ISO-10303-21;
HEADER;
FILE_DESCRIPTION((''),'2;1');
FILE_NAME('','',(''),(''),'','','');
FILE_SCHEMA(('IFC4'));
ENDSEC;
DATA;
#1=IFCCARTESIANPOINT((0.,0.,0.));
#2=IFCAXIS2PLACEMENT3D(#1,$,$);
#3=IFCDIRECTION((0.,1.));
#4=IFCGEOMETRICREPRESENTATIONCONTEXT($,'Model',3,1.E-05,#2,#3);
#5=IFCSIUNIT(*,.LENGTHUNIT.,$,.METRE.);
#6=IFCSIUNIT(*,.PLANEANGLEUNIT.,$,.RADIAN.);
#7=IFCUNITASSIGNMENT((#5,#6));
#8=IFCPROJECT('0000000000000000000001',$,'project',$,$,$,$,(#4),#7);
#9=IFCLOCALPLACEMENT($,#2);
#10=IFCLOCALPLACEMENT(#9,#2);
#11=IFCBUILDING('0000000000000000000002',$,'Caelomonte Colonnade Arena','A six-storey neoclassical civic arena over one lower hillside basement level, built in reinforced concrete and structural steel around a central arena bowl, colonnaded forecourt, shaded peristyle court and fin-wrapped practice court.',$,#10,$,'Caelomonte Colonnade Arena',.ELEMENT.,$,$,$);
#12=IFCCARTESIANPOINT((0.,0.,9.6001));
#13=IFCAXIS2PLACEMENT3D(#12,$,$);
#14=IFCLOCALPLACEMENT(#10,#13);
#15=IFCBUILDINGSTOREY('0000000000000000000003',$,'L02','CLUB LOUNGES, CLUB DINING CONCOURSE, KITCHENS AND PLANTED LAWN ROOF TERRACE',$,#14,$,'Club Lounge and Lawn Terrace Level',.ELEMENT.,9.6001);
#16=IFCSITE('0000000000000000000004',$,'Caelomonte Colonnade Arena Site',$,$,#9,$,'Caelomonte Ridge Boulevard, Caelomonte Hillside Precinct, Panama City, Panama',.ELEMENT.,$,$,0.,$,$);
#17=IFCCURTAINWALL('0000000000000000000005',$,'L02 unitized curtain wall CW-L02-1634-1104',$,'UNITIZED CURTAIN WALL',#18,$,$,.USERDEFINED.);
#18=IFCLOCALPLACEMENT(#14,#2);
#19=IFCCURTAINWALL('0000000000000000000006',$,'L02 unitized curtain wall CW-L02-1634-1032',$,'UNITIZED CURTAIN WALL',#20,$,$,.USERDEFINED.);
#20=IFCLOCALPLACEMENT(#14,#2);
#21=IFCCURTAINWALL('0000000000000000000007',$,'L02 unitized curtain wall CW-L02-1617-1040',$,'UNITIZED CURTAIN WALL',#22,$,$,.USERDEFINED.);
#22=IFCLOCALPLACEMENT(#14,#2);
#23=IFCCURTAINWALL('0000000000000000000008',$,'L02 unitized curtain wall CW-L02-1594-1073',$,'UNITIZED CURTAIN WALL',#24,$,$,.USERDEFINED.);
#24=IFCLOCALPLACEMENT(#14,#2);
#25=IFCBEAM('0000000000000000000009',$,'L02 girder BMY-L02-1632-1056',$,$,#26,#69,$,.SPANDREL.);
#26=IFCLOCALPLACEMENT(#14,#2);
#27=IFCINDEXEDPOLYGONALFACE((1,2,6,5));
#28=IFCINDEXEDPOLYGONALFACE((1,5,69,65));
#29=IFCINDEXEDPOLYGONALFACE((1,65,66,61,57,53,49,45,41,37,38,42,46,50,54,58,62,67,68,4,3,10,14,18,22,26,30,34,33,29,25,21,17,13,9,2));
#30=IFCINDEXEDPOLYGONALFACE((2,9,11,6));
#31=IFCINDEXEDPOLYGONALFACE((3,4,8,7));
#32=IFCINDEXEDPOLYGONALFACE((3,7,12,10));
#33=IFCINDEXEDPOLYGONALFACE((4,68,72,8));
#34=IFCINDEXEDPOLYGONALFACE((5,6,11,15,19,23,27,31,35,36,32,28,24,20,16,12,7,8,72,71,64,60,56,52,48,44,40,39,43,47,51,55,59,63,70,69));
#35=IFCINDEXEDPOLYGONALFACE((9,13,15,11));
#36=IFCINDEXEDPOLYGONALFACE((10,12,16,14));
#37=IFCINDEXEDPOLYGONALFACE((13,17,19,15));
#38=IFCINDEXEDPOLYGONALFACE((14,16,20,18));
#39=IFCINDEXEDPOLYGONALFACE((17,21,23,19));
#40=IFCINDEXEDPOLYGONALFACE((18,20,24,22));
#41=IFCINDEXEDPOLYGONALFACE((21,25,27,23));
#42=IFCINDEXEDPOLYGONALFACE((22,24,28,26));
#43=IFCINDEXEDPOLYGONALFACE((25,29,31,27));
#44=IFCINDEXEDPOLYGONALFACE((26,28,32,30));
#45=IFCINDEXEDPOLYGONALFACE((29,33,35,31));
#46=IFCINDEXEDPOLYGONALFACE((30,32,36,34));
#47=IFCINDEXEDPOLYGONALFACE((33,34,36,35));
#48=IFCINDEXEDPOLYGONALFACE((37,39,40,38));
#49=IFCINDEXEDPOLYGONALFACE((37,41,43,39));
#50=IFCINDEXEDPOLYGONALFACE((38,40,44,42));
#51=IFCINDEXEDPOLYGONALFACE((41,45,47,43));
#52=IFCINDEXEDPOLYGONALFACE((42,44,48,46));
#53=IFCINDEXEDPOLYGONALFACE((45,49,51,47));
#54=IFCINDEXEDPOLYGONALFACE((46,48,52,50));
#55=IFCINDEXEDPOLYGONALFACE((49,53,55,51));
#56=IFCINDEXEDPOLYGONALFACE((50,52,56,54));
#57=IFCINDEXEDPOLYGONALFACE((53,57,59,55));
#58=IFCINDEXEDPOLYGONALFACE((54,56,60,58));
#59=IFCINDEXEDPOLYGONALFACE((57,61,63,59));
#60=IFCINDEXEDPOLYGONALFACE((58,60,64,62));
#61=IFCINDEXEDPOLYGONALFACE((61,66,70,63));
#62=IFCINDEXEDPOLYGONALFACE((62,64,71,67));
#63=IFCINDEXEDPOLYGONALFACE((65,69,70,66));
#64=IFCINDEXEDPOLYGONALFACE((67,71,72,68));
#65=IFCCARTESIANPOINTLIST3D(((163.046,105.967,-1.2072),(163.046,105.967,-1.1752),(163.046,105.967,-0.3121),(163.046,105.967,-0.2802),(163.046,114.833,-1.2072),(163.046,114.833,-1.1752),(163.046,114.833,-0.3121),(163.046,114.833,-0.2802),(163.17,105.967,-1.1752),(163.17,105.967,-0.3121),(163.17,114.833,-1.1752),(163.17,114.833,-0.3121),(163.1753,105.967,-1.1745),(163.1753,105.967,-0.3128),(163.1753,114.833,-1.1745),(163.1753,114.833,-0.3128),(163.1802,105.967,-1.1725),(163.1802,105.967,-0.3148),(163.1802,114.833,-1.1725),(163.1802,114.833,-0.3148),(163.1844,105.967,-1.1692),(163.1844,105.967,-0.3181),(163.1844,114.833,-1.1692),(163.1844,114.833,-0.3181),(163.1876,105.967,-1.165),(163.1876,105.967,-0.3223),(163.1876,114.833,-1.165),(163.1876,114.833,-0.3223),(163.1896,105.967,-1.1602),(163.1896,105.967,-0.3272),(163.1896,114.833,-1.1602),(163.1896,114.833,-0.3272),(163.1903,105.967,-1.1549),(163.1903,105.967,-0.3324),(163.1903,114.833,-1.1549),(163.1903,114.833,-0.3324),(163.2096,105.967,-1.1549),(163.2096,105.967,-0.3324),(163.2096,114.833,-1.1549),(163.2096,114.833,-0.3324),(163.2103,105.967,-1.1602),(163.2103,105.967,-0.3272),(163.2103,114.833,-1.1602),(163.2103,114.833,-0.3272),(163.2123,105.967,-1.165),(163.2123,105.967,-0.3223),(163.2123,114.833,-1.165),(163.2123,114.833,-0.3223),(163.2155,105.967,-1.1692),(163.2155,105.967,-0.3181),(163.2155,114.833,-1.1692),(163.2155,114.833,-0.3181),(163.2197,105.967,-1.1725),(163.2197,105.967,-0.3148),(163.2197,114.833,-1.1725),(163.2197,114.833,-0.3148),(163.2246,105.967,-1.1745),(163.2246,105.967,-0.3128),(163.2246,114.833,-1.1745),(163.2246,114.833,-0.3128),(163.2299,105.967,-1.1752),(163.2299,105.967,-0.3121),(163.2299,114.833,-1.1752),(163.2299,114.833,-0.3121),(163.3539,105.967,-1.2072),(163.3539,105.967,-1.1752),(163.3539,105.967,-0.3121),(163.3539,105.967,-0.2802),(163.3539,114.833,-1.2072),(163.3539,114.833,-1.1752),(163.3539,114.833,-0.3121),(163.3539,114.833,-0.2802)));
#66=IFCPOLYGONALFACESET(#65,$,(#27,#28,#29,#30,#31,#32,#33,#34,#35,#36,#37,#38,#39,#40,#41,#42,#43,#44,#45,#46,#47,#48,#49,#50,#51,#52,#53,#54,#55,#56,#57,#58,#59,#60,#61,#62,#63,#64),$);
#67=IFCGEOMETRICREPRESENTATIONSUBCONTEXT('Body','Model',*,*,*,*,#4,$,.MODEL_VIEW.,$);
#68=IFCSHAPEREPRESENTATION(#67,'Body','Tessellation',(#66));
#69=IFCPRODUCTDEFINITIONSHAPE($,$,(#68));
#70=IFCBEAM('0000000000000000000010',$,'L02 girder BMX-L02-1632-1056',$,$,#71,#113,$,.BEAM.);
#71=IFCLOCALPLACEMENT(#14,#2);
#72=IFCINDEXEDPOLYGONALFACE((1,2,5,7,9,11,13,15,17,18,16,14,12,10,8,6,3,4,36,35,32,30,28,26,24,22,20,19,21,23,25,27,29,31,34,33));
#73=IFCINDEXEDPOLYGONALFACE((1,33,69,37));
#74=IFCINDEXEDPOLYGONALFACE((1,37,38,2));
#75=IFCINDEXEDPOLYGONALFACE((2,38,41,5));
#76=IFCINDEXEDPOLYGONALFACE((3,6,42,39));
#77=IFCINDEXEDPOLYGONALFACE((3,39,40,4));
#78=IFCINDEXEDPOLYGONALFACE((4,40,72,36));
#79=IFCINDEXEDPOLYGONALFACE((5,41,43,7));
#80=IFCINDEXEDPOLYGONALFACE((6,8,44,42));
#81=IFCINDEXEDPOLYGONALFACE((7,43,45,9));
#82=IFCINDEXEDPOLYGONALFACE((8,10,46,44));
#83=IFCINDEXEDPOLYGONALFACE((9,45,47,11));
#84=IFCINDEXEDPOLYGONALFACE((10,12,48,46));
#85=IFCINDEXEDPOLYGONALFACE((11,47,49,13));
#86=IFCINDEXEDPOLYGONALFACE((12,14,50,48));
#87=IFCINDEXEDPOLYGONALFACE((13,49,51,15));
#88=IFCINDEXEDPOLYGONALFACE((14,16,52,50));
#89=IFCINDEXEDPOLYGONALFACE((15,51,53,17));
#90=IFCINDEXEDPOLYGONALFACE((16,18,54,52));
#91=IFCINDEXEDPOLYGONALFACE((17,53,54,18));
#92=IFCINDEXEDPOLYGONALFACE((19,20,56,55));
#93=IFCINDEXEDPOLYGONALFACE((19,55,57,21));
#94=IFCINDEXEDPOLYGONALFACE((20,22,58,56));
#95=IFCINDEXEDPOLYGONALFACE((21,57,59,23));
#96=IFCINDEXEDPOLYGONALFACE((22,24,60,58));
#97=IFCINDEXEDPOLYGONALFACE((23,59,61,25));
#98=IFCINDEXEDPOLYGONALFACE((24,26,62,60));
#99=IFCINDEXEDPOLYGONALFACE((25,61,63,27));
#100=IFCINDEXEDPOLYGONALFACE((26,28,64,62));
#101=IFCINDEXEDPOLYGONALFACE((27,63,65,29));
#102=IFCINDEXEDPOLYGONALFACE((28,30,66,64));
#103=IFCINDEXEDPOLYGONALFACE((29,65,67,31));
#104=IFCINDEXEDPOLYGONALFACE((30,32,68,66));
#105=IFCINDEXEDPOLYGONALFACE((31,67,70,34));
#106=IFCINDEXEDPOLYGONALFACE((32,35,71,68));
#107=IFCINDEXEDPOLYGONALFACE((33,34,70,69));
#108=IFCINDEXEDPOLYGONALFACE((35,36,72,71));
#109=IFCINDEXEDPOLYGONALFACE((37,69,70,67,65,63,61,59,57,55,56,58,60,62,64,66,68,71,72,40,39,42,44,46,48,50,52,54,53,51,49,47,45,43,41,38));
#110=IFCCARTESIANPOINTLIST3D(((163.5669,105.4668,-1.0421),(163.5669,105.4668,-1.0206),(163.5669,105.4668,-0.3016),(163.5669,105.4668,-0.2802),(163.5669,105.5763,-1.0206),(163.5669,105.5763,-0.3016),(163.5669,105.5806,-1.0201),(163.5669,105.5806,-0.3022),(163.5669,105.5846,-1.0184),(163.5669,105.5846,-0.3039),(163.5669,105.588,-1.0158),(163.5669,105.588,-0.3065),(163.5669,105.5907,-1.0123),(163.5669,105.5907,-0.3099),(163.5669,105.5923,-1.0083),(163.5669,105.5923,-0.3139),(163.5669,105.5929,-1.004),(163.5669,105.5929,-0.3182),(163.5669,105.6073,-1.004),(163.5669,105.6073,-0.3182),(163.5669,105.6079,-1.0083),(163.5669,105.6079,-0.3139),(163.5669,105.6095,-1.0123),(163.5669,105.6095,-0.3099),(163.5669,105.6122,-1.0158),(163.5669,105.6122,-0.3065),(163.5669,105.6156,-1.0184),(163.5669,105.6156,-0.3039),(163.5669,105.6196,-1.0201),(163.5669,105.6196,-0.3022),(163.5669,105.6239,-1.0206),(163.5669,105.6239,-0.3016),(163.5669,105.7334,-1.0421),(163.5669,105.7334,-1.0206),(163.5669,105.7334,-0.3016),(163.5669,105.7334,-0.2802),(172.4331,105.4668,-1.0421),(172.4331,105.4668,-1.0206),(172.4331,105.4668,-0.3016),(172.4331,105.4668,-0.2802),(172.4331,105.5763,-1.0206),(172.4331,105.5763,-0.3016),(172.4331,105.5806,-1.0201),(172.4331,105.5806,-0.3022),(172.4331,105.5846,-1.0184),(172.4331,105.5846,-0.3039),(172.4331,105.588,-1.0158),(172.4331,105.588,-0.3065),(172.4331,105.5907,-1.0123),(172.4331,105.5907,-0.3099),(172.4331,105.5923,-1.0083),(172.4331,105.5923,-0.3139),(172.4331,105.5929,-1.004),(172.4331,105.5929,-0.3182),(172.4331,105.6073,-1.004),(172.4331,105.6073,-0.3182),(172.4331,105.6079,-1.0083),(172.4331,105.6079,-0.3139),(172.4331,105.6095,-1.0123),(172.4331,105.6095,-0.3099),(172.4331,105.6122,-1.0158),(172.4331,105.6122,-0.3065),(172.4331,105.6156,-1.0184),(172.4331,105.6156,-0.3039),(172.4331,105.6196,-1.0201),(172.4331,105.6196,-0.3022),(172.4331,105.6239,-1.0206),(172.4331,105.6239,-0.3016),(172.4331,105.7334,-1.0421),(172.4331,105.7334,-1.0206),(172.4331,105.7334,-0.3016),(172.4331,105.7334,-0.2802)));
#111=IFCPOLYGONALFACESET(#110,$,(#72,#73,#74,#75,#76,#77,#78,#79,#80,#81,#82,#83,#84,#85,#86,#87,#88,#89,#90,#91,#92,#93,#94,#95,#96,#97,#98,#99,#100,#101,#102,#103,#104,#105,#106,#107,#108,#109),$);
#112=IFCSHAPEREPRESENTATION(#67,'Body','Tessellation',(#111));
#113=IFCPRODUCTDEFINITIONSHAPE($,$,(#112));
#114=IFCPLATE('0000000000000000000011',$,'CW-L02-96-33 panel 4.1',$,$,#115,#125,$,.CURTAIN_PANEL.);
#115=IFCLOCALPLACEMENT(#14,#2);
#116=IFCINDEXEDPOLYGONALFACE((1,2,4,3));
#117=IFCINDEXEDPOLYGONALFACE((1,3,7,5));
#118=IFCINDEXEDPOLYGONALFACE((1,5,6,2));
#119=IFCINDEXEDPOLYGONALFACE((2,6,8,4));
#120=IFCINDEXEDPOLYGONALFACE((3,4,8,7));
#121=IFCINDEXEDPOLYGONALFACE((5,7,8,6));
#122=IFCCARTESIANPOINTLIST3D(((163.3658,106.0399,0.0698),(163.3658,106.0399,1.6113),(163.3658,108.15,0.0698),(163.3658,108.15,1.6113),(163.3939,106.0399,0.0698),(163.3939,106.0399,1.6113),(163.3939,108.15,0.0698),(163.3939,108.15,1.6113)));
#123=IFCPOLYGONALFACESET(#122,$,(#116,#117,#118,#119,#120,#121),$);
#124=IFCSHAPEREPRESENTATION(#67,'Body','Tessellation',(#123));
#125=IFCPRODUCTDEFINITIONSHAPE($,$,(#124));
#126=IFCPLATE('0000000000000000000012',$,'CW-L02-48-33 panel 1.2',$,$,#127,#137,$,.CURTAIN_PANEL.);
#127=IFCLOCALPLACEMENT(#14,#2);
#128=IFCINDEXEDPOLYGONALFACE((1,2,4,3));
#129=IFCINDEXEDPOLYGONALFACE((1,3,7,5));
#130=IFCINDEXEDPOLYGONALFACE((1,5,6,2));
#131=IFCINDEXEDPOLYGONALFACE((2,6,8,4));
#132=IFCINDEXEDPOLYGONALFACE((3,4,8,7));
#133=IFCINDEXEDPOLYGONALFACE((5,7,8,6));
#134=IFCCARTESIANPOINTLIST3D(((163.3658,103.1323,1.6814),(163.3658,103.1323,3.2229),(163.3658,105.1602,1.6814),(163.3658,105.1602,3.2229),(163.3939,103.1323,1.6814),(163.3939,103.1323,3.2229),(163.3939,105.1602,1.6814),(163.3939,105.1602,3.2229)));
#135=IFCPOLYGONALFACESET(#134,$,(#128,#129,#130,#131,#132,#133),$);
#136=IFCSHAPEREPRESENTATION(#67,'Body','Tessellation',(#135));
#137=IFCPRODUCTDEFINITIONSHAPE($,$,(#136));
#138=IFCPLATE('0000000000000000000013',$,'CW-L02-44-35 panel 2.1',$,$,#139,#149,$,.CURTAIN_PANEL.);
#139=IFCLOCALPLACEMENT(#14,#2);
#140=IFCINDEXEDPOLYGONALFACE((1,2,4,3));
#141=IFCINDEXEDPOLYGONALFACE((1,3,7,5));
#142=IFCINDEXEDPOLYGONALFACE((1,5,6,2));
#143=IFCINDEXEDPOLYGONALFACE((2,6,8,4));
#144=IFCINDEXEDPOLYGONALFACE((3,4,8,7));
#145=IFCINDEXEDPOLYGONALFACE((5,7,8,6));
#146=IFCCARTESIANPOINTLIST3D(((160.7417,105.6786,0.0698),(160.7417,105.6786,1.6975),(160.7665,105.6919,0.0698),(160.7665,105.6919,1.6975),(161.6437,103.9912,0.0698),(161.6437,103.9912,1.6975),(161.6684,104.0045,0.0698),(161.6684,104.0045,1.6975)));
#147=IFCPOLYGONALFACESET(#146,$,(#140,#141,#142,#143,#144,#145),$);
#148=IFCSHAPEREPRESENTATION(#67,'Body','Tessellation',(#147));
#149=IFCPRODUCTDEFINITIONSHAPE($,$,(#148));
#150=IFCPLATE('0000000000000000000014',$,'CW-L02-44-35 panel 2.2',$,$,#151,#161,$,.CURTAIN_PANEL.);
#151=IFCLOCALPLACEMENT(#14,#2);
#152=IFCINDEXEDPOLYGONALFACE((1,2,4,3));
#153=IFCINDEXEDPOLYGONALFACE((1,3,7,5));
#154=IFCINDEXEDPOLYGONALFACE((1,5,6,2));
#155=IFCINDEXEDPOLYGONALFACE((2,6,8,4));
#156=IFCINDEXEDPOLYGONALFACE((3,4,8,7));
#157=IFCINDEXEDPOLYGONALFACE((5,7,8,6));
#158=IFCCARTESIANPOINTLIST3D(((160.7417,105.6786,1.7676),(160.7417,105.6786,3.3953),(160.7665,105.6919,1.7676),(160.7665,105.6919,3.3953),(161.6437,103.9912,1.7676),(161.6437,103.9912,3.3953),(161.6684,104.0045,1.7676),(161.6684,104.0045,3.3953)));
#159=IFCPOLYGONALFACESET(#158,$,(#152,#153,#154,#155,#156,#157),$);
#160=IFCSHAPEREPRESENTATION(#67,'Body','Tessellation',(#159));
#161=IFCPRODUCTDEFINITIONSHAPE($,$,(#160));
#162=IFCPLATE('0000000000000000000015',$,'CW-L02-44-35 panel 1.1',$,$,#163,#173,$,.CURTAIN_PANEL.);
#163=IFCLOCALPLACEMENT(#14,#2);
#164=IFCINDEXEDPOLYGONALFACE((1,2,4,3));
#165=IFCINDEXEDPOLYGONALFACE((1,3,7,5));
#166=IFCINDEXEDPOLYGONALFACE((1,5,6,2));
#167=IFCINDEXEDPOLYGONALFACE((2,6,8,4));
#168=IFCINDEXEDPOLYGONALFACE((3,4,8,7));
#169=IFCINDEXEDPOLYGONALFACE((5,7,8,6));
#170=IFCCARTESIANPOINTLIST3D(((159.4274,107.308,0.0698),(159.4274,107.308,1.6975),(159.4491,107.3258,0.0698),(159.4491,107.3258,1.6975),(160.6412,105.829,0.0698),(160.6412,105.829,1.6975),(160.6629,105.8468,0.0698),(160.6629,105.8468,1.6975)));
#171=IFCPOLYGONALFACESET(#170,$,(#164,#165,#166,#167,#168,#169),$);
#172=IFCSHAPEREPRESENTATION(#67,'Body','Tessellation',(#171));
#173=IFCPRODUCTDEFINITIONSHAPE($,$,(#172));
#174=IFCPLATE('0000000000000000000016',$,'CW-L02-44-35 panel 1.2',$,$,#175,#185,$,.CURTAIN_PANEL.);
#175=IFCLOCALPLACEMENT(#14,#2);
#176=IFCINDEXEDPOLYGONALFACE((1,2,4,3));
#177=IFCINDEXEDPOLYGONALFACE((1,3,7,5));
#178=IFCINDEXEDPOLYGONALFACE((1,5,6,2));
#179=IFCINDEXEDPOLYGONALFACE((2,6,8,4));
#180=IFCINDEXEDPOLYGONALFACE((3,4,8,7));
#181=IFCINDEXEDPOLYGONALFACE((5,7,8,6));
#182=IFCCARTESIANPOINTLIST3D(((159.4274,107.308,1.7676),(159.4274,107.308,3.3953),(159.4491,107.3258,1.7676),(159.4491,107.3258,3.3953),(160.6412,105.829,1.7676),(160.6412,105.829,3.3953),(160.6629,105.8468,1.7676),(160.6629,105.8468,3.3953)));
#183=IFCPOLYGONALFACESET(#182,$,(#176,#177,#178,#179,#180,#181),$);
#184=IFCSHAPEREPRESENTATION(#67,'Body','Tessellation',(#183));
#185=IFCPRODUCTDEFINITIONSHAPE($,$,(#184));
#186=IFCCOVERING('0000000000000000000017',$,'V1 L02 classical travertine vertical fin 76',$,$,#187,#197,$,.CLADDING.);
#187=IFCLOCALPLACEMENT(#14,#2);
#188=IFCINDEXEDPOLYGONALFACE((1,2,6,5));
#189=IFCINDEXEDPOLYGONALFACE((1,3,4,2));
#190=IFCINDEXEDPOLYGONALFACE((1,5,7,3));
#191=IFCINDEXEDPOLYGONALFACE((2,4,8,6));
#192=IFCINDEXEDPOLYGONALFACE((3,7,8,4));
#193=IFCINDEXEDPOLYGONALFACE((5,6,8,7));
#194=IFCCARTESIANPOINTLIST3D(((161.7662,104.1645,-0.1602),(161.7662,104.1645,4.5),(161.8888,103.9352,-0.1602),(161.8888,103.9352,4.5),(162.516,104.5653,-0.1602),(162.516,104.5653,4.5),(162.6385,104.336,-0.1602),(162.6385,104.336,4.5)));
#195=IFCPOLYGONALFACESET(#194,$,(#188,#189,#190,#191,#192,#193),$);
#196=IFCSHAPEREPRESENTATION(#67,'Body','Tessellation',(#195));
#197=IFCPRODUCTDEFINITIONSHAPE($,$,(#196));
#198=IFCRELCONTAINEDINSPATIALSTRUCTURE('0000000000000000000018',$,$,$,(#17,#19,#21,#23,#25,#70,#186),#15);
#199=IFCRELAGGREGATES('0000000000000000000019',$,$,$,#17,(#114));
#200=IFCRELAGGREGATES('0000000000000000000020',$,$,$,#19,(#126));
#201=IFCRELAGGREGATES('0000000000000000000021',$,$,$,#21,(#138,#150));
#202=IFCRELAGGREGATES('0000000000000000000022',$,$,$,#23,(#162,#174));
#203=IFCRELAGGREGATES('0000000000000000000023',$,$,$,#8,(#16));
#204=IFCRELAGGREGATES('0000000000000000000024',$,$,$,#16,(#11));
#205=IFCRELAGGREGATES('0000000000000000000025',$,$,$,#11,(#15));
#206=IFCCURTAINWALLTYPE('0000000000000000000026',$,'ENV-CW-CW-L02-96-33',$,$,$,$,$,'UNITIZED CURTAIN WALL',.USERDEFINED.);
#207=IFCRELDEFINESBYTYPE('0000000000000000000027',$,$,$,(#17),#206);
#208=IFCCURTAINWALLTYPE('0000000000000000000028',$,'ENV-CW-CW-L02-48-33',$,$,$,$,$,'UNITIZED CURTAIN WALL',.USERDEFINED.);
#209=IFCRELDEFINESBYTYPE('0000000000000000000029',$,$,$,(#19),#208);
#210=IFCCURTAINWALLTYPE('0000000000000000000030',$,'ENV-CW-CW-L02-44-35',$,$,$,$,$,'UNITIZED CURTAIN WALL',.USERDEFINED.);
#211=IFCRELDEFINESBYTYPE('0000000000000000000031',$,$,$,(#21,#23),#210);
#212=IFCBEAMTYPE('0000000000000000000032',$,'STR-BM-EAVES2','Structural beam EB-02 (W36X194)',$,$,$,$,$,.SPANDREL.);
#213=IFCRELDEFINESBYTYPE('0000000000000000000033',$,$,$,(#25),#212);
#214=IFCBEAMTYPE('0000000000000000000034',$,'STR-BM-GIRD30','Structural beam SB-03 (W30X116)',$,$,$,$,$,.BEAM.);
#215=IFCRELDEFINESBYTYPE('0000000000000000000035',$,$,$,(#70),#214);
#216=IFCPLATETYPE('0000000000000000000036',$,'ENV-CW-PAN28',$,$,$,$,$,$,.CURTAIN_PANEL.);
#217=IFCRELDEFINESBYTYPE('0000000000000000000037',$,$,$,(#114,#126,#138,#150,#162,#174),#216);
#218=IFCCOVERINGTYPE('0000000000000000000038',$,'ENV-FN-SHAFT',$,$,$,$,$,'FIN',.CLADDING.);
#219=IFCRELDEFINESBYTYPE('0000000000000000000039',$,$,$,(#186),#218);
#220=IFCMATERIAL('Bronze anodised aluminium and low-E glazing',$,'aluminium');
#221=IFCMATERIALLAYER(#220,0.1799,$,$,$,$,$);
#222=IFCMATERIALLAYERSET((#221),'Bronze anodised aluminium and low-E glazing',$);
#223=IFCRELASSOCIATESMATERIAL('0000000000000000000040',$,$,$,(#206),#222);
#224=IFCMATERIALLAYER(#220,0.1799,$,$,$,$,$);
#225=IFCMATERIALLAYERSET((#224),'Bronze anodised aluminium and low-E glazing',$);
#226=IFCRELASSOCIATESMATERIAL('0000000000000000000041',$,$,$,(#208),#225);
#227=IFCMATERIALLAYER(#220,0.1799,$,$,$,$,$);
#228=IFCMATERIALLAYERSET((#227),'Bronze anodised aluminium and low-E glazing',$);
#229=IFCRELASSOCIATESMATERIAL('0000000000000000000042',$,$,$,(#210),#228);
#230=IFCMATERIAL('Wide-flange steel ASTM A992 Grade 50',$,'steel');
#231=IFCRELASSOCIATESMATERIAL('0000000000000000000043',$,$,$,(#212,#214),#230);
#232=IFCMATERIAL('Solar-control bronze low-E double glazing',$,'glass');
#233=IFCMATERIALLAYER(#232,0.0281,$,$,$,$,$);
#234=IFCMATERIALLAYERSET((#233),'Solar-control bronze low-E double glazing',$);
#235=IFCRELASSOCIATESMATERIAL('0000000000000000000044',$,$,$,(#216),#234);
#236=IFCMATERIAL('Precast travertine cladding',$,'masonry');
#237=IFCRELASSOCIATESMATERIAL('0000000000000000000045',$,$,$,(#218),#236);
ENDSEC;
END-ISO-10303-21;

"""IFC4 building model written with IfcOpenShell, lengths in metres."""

from ifc_helpers import new_model, si_unit, direction, frame, origin, origin_2d, place, context, subcontext, project, spatial, rectangle, i_section, extrude, material, layer, layer_set, material_profile, profile_set, type_object, element, aggregate, save


model = new_model("IFC4")

# Units and contexts
model_context = context("Model", 3, precision=1e-05, world=origin(), true_north=direction((0.0, 1.0)))
body_context = subcontext(model_context, "Body", "Model", "MODEL_VIEW")
ifc_project = project(units=[si_unit("LENGTHUNIT", "METRE"), si_unit("PLANEANGLEUNIT", "RADIAN")], contexts=[model_context])

# Site, building, storey
site_placement = place(None, origin())
site = spatial("IfcSite", under=ifc_project, at=site_placement, Name="Caelomonte Colonnade Arena Site", LongName="Caelomonte Ridge Boulevard, Caelomonte Hillside Precinct, Panama City, Panama", CompositionType="ELEMENT", RefElevation=0.0)
building_placement = place(site_placement, origin())
building = spatial("IfcBuilding", under=site, at=building_placement, Name="Caelomonte Colonnade Arena", Description="A six-storey neoclassical civic arena over one lower hillside basement level, built in reinforced concrete and structural steel around a central arena bowl, colonnaded forecourt, shaded peristyle court and fin-wrapped practice court.", LongName="Caelomonte Colonnade Arena", CompositionType="ELEMENT")
storey_placement = place(building_placement, frame((0.0, 0.0, 9.6001)))
storey = spatial("IfcBuildingStorey", under=building, at=storey_placement, Name="L02", Description="CLUB LOUNGES, CLUB DINING CONCOURSE, KITCHENS AND PLANTED LAWN ROOF TERRACE", LongName="Club Lounge and Lawn Terrace Level", CompositionType="ELEMENT", Elevation=9.6001)

# Curtain walls
ifc_material_1 = material(Name="Bronze anodised aluminium and low-E glazing", Category="aluminium")
ifc_layer_1 = layer(ifc_material_1, 0.1799)
ifc_layer_set_1 = layer_set([ifc_layer_1], Name="Bronze anodised aluminium and low-E glazing")
curtain_wall_type_1 = type_object("IfcCurtainWallType", Name="ENV-CW-CW-L02-96-33", ElementType="UNITIZED CURTAIN WALL", PredefinedType="USERDEFINED", material=ifc_layer_set_1)
curtain_wall_1_placement = place(storey_placement, origin())
curtain_wall_1 = element("IfcCurtainWall", 1, at=curtain_wall_1_placement, inside=storey, type_object=curtain_wall_type_1, Name="L02 unitized curtain wall CW-L02-1634-1104", ObjectType="UNITIZED CURTAIN WALL", PredefinedType="USERDEFINED")
ifc_layer_2 = layer(ifc_material_1, 0.1799)
ifc_layer_set_2 = layer_set([ifc_layer_2], Name="Bronze anodised aluminium and low-E glazing")
curtain_wall_type_2 = type_object("IfcCurtainWallType", Name="ENV-CW-CW-L02-48-33", ElementType="UNITIZED CURTAIN WALL", PredefinedType="USERDEFINED", material=ifc_layer_set_2)
curtain_wall_2_placement = place(storey_placement, origin())
curtain_wall_2 = element("IfcCurtainWall", 2, at=curtain_wall_2_placement, inside=storey, type_object=curtain_wall_type_2, Name="L02 unitized curtain wall CW-L02-1634-1032", ObjectType="UNITIZED CURTAIN WALL", PredefinedType="USERDEFINED")
ifc_layer_3 = layer(ifc_material_1, 0.1799)
ifc_layer_set_3 = layer_set([ifc_layer_3], Name="Bronze anodised aluminium and low-E glazing")
curtain_wall_type_3 = type_object("IfcCurtainWallType", Name="ENV-CW-CW-L02-44-35", ElementType="UNITIZED CURTAIN WALL", PredefinedType="USERDEFINED", material=ifc_layer_set_3)
curtain_wall_3_placement = place(storey_placement, origin())
curtain_wall_3 = element("IfcCurtainWall", 3, at=curtain_wall_3_placement, inside=storey, type_object=curtain_wall_type_3, Name="L02 unitized curtain wall CW-L02-1617-1040", ObjectType="UNITIZED CURTAIN WALL", PredefinedType="USERDEFINED")
curtain_wall_4_placement = place(storey_placement, origin())
curtain_wall_4 = element("IfcCurtainWall", 4, at=curtain_wall_4_placement, inside=storey, type_object=curtain_wall_type_3, Name="L02 unitized curtain wall CW-L02-1594-1073", ObjectType="UNITIZED CURTAIN WALL", PredefinedType="USERDEFINED")

# Beams
ifc_material_2 = material(Name="Wide-flange steel ASTM A992 Grade 50", Category="steel")
ifc_material_profile_1 = material_profile(ifc_material_2, i_section(OverallWidth=0.3079, OverallDepth=0.927, WebThickness=0.0193, FlangeThickness=0.032, FilletRadius=0.0203, at=origin_2d()), Name="W36X194")
ifc_profile_set_1 = profile_set([ifc_material_profile_1], Name="Wide-flange steel ASTM A992 Grade 50")
beam_type_1 = type_object("IfcBeamType", Name="STR-BM-EAVES2", Description="Structural beam EB-02 (W36X194)", PredefinedType="SPANDREL", material=ifc_profile_set_1)
beam_1_placement = place(storey_placement, frame((163.2, 105.967, -0.7437), z_axis=(0.0, 1.0, 0.0), x_axis=(-1.0, 0.0, 0.0)))
element("IfcBeam", 5, at=beam_1_placement, inside=storey, type_object=beam_type_1, Name="L02 girder BMY-L02-1632-1056", PredefinedType="SPANDREL", context=body_context, shape_type="SweptSolid", body=[
    extrude(i_section(OverallWidth=0.3079, OverallDepth=0.927, WebThickness=0.0193, FlangeThickness=0.032, FilletRadius=0.0203, at=origin_2d()), origin(), (0.0, 0.0, 1.0), 8.866),
])
ifc_material_profile_2 = material_profile(ifc_material_2, i_section(OverallWidth=0.2666, OverallDepth=0.762, WebThickness=0.0144, FlangeThickness=0.0215, FilletRadius=0.0166, at=origin_2d()), Name="W30X116")
ifc_profile_set_2 = profile_set([ifc_material_profile_2], Name="Wide-flange steel ASTM A992 Grade 50")
beam_type_2 = type_object("IfcBeamType", Name="STR-BM-GIRD30", Description="Structural beam SB-03 (W30X116)", PredefinedType="BEAM", material=ifc_profile_set_2)
beam_2_placement = place(storey_placement, frame((163.5669, 105.6001, -0.6611), z_axis=(1.0, 0.0, 0.0), x_axis=(0.0, 1.0, 0.0)))
element("IfcBeam", 6, at=beam_2_placement, inside=storey, type_object=beam_type_2, Name="L02 girder BMX-L02-1632-1056", PredefinedType="BEAM", context=body_context, shape_type="SweptSolid", body=[
    extrude(i_section(OverallWidth=0.2666, OverallDepth=0.762, WebThickness=0.0144, FlangeThickness=0.0215, FilletRadius=0.0166, at=origin_2d()), origin(), (0.0, 0.0, 1.0), 8.8662),
])

# Plates
ifc_material_3 = material(Name="Solar-control bronze low-E double glazing", Category="glass")
ifc_layer_4 = layer(ifc_material_3, 0.0281)
ifc_layer_set_4 = layer_set([ifc_layer_4], Name="Solar-control bronze low-E double glazing")
plate_type = type_object("IfcPlateType", Name="ENV-CW-PAN28", PredefinedType="CURTAIN_PANEL", material=ifc_layer_set_4)
plate_1_placement = place(storey_placement, frame((163.3799, 107.095, 0.0698), z_axis=(0.0, 0.0, 1.0), x_axis=(0.0, -1.0, 0.0)))
plate_1 = element("IfcPlate", 7, at=plate_1_placement, type_object=plate_type, Name="CW-L02-96-33 panel 4.1", PredefinedType="CURTAIN_PANEL", context=body_context, shape_type="SweptSolid", body=[
    extrude(rectangle(XDim=2.1101, YDim=0.0281, at=origin_2d()), origin(), (0.0, 0.0, 1.0), 1.5415),
])
aggregate(curtain_wall_1, [plate_1])
plate_2_placement = place(storey_placement, frame((163.3799, 104.1462, 1.6814), z_axis=(0.0, 0.0, 1.0), x_axis=(0.0, -1.0, 0.0)))
plate_2 = element("IfcPlate", 8, at=plate_2_placement, type_object=plate_type, Name="CW-L02-48-33 panel 1.2", PredefinedType="CURTAIN_PANEL", context=body_context, shape_type="SweptSolid", body=[
    extrude(rectangle(XDim=2.0278, YDim=0.0281, at=origin_2d()), origin(), (0.0, 0.0, 1.0), 1.5415),
])
aggregate(curtain_wall_2, [plate_2])
plate_3_placement = place(storey_placement, frame((161.2051, 104.8416, 0.0698), z_axis=(0.0, 0.0, 1.0), x_axis=(-0.471394, 0.881923, 0.0)))
plate_3 = element("IfcPlate", 9, at=plate_3_placement, type_object=plate_type, Name="CW-L02-44-35 panel 2.1", PredefinedType="CURTAIN_PANEL", context=body_context, shape_type="SweptSolid", body=[
    extrude(rectangle(XDim=1.9133, YDim=0.0281, at=origin_2d()), origin(), (0.0, 0.0, 1.0), 1.6277),
])
plate_4_placement = place(storey_placement, frame((161.2051, 104.8416, 1.7676), z_axis=(0.0, 0.0, 1.0), x_axis=(-0.471394, 0.881923, 0.0)))
plate_4 = element("IfcPlate", 10, at=plate_4_placement, type_object=plate_type, Name="CW-L02-44-35 panel 2.2", PredefinedType="CURTAIN_PANEL", context=body_context, shape_type="SweptSolid", body=[
    extrude(rectangle(XDim=1.9133, YDim=0.0281, at=origin_2d()), origin(), (0.0, 0.0, 1.0), 1.6277),
])
aggregate(curtain_wall_3, [plate_3, plate_4])
plate_5_placement = place(storey_placement, frame((160.0452, 106.5774, 0.0698), z_axis=(0.0, 0.0, 1.0), x_axis=(-0.634416, 0.772992, 0.0)))
plate_5 = element("IfcPlate", 11, at=plate_5_placement, type_object=plate_type, Name="CW-L02-44-35 panel 1.1", PredefinedType="CURTAIN_PANEL", context=body_context, shape_type="SweptSolid", body=[
    extrude(rectangle(XDim=1.9133, YDim=0.0281, at=origin_2d()), origin(), (0.0, 0.0, 1.0), 1.6277),
])
plate_6_placement = place(storey_placement, frame((160.0452, 106.5774, 1.7676), z_axis=(0.0, 0.0, 1.0), x_axis=(-0.634416, 0.772992, 0.0)))
plate_6 = element("IfcPlate", 12, at=plate_6_placement, type_object=plate_type, Name="CW-L02-44-35 panel 1.2", PredefinedType="CURTAIN_PANEL", context=body_context, shape_type="SweptSolid", body=[
    extrude(rectangle(XDim=1.9133, YDim=0.0281, at=origin_2d()), origin(), (0.0, 0.0, 1.0), 1.6277),
])
aggregate(curtain_wall_4, [plate_5, plate_6])

# Covering
ifc_material_4 = material(Name="Precast travertine cladding", Category="masonry")
ifc_material_profile_3 = material_profile(ifc_material_4, rectangle(XDim=0.26, YDim=0.8501, at=origin_2d()), Name="FIN260X850")
ifc_profile_set_3 = profile_set([ifc_material_profile_3], Name="Precast travertine cladding")
covering_type = type_object("IfcCoveringType", Name="ENV-FN-SHAFT", ElementType="FIN", PredefinedType="CLADDING", material=ifc_profile_set_3)
for number, where, z_axis, x_axis, name in (
    (13, (162.2024, 104.2502, -0.1602), (0.0, 0.0, 1.0), (0.471397, -0.881921, 0.0), "V1 L02 classical travertine vertical fin 76"),
):
    element("IfcCovering", number, at=place(storey_placement, frame(where, z_axis=z_axis, x_axis=x_axis)), inside=storey, type_object=covering_type, Name=name, PredefinedType="CLADDING", context=body_context, shape_type="SweptSolid", body=[
        extrude(rectangle(XDim=0.26, YDim=0.8501, at=origin_2d()), origin(), (0.0, 0.0, 1.0), 4.6602),
    ])

save(model, "model.ifc")
